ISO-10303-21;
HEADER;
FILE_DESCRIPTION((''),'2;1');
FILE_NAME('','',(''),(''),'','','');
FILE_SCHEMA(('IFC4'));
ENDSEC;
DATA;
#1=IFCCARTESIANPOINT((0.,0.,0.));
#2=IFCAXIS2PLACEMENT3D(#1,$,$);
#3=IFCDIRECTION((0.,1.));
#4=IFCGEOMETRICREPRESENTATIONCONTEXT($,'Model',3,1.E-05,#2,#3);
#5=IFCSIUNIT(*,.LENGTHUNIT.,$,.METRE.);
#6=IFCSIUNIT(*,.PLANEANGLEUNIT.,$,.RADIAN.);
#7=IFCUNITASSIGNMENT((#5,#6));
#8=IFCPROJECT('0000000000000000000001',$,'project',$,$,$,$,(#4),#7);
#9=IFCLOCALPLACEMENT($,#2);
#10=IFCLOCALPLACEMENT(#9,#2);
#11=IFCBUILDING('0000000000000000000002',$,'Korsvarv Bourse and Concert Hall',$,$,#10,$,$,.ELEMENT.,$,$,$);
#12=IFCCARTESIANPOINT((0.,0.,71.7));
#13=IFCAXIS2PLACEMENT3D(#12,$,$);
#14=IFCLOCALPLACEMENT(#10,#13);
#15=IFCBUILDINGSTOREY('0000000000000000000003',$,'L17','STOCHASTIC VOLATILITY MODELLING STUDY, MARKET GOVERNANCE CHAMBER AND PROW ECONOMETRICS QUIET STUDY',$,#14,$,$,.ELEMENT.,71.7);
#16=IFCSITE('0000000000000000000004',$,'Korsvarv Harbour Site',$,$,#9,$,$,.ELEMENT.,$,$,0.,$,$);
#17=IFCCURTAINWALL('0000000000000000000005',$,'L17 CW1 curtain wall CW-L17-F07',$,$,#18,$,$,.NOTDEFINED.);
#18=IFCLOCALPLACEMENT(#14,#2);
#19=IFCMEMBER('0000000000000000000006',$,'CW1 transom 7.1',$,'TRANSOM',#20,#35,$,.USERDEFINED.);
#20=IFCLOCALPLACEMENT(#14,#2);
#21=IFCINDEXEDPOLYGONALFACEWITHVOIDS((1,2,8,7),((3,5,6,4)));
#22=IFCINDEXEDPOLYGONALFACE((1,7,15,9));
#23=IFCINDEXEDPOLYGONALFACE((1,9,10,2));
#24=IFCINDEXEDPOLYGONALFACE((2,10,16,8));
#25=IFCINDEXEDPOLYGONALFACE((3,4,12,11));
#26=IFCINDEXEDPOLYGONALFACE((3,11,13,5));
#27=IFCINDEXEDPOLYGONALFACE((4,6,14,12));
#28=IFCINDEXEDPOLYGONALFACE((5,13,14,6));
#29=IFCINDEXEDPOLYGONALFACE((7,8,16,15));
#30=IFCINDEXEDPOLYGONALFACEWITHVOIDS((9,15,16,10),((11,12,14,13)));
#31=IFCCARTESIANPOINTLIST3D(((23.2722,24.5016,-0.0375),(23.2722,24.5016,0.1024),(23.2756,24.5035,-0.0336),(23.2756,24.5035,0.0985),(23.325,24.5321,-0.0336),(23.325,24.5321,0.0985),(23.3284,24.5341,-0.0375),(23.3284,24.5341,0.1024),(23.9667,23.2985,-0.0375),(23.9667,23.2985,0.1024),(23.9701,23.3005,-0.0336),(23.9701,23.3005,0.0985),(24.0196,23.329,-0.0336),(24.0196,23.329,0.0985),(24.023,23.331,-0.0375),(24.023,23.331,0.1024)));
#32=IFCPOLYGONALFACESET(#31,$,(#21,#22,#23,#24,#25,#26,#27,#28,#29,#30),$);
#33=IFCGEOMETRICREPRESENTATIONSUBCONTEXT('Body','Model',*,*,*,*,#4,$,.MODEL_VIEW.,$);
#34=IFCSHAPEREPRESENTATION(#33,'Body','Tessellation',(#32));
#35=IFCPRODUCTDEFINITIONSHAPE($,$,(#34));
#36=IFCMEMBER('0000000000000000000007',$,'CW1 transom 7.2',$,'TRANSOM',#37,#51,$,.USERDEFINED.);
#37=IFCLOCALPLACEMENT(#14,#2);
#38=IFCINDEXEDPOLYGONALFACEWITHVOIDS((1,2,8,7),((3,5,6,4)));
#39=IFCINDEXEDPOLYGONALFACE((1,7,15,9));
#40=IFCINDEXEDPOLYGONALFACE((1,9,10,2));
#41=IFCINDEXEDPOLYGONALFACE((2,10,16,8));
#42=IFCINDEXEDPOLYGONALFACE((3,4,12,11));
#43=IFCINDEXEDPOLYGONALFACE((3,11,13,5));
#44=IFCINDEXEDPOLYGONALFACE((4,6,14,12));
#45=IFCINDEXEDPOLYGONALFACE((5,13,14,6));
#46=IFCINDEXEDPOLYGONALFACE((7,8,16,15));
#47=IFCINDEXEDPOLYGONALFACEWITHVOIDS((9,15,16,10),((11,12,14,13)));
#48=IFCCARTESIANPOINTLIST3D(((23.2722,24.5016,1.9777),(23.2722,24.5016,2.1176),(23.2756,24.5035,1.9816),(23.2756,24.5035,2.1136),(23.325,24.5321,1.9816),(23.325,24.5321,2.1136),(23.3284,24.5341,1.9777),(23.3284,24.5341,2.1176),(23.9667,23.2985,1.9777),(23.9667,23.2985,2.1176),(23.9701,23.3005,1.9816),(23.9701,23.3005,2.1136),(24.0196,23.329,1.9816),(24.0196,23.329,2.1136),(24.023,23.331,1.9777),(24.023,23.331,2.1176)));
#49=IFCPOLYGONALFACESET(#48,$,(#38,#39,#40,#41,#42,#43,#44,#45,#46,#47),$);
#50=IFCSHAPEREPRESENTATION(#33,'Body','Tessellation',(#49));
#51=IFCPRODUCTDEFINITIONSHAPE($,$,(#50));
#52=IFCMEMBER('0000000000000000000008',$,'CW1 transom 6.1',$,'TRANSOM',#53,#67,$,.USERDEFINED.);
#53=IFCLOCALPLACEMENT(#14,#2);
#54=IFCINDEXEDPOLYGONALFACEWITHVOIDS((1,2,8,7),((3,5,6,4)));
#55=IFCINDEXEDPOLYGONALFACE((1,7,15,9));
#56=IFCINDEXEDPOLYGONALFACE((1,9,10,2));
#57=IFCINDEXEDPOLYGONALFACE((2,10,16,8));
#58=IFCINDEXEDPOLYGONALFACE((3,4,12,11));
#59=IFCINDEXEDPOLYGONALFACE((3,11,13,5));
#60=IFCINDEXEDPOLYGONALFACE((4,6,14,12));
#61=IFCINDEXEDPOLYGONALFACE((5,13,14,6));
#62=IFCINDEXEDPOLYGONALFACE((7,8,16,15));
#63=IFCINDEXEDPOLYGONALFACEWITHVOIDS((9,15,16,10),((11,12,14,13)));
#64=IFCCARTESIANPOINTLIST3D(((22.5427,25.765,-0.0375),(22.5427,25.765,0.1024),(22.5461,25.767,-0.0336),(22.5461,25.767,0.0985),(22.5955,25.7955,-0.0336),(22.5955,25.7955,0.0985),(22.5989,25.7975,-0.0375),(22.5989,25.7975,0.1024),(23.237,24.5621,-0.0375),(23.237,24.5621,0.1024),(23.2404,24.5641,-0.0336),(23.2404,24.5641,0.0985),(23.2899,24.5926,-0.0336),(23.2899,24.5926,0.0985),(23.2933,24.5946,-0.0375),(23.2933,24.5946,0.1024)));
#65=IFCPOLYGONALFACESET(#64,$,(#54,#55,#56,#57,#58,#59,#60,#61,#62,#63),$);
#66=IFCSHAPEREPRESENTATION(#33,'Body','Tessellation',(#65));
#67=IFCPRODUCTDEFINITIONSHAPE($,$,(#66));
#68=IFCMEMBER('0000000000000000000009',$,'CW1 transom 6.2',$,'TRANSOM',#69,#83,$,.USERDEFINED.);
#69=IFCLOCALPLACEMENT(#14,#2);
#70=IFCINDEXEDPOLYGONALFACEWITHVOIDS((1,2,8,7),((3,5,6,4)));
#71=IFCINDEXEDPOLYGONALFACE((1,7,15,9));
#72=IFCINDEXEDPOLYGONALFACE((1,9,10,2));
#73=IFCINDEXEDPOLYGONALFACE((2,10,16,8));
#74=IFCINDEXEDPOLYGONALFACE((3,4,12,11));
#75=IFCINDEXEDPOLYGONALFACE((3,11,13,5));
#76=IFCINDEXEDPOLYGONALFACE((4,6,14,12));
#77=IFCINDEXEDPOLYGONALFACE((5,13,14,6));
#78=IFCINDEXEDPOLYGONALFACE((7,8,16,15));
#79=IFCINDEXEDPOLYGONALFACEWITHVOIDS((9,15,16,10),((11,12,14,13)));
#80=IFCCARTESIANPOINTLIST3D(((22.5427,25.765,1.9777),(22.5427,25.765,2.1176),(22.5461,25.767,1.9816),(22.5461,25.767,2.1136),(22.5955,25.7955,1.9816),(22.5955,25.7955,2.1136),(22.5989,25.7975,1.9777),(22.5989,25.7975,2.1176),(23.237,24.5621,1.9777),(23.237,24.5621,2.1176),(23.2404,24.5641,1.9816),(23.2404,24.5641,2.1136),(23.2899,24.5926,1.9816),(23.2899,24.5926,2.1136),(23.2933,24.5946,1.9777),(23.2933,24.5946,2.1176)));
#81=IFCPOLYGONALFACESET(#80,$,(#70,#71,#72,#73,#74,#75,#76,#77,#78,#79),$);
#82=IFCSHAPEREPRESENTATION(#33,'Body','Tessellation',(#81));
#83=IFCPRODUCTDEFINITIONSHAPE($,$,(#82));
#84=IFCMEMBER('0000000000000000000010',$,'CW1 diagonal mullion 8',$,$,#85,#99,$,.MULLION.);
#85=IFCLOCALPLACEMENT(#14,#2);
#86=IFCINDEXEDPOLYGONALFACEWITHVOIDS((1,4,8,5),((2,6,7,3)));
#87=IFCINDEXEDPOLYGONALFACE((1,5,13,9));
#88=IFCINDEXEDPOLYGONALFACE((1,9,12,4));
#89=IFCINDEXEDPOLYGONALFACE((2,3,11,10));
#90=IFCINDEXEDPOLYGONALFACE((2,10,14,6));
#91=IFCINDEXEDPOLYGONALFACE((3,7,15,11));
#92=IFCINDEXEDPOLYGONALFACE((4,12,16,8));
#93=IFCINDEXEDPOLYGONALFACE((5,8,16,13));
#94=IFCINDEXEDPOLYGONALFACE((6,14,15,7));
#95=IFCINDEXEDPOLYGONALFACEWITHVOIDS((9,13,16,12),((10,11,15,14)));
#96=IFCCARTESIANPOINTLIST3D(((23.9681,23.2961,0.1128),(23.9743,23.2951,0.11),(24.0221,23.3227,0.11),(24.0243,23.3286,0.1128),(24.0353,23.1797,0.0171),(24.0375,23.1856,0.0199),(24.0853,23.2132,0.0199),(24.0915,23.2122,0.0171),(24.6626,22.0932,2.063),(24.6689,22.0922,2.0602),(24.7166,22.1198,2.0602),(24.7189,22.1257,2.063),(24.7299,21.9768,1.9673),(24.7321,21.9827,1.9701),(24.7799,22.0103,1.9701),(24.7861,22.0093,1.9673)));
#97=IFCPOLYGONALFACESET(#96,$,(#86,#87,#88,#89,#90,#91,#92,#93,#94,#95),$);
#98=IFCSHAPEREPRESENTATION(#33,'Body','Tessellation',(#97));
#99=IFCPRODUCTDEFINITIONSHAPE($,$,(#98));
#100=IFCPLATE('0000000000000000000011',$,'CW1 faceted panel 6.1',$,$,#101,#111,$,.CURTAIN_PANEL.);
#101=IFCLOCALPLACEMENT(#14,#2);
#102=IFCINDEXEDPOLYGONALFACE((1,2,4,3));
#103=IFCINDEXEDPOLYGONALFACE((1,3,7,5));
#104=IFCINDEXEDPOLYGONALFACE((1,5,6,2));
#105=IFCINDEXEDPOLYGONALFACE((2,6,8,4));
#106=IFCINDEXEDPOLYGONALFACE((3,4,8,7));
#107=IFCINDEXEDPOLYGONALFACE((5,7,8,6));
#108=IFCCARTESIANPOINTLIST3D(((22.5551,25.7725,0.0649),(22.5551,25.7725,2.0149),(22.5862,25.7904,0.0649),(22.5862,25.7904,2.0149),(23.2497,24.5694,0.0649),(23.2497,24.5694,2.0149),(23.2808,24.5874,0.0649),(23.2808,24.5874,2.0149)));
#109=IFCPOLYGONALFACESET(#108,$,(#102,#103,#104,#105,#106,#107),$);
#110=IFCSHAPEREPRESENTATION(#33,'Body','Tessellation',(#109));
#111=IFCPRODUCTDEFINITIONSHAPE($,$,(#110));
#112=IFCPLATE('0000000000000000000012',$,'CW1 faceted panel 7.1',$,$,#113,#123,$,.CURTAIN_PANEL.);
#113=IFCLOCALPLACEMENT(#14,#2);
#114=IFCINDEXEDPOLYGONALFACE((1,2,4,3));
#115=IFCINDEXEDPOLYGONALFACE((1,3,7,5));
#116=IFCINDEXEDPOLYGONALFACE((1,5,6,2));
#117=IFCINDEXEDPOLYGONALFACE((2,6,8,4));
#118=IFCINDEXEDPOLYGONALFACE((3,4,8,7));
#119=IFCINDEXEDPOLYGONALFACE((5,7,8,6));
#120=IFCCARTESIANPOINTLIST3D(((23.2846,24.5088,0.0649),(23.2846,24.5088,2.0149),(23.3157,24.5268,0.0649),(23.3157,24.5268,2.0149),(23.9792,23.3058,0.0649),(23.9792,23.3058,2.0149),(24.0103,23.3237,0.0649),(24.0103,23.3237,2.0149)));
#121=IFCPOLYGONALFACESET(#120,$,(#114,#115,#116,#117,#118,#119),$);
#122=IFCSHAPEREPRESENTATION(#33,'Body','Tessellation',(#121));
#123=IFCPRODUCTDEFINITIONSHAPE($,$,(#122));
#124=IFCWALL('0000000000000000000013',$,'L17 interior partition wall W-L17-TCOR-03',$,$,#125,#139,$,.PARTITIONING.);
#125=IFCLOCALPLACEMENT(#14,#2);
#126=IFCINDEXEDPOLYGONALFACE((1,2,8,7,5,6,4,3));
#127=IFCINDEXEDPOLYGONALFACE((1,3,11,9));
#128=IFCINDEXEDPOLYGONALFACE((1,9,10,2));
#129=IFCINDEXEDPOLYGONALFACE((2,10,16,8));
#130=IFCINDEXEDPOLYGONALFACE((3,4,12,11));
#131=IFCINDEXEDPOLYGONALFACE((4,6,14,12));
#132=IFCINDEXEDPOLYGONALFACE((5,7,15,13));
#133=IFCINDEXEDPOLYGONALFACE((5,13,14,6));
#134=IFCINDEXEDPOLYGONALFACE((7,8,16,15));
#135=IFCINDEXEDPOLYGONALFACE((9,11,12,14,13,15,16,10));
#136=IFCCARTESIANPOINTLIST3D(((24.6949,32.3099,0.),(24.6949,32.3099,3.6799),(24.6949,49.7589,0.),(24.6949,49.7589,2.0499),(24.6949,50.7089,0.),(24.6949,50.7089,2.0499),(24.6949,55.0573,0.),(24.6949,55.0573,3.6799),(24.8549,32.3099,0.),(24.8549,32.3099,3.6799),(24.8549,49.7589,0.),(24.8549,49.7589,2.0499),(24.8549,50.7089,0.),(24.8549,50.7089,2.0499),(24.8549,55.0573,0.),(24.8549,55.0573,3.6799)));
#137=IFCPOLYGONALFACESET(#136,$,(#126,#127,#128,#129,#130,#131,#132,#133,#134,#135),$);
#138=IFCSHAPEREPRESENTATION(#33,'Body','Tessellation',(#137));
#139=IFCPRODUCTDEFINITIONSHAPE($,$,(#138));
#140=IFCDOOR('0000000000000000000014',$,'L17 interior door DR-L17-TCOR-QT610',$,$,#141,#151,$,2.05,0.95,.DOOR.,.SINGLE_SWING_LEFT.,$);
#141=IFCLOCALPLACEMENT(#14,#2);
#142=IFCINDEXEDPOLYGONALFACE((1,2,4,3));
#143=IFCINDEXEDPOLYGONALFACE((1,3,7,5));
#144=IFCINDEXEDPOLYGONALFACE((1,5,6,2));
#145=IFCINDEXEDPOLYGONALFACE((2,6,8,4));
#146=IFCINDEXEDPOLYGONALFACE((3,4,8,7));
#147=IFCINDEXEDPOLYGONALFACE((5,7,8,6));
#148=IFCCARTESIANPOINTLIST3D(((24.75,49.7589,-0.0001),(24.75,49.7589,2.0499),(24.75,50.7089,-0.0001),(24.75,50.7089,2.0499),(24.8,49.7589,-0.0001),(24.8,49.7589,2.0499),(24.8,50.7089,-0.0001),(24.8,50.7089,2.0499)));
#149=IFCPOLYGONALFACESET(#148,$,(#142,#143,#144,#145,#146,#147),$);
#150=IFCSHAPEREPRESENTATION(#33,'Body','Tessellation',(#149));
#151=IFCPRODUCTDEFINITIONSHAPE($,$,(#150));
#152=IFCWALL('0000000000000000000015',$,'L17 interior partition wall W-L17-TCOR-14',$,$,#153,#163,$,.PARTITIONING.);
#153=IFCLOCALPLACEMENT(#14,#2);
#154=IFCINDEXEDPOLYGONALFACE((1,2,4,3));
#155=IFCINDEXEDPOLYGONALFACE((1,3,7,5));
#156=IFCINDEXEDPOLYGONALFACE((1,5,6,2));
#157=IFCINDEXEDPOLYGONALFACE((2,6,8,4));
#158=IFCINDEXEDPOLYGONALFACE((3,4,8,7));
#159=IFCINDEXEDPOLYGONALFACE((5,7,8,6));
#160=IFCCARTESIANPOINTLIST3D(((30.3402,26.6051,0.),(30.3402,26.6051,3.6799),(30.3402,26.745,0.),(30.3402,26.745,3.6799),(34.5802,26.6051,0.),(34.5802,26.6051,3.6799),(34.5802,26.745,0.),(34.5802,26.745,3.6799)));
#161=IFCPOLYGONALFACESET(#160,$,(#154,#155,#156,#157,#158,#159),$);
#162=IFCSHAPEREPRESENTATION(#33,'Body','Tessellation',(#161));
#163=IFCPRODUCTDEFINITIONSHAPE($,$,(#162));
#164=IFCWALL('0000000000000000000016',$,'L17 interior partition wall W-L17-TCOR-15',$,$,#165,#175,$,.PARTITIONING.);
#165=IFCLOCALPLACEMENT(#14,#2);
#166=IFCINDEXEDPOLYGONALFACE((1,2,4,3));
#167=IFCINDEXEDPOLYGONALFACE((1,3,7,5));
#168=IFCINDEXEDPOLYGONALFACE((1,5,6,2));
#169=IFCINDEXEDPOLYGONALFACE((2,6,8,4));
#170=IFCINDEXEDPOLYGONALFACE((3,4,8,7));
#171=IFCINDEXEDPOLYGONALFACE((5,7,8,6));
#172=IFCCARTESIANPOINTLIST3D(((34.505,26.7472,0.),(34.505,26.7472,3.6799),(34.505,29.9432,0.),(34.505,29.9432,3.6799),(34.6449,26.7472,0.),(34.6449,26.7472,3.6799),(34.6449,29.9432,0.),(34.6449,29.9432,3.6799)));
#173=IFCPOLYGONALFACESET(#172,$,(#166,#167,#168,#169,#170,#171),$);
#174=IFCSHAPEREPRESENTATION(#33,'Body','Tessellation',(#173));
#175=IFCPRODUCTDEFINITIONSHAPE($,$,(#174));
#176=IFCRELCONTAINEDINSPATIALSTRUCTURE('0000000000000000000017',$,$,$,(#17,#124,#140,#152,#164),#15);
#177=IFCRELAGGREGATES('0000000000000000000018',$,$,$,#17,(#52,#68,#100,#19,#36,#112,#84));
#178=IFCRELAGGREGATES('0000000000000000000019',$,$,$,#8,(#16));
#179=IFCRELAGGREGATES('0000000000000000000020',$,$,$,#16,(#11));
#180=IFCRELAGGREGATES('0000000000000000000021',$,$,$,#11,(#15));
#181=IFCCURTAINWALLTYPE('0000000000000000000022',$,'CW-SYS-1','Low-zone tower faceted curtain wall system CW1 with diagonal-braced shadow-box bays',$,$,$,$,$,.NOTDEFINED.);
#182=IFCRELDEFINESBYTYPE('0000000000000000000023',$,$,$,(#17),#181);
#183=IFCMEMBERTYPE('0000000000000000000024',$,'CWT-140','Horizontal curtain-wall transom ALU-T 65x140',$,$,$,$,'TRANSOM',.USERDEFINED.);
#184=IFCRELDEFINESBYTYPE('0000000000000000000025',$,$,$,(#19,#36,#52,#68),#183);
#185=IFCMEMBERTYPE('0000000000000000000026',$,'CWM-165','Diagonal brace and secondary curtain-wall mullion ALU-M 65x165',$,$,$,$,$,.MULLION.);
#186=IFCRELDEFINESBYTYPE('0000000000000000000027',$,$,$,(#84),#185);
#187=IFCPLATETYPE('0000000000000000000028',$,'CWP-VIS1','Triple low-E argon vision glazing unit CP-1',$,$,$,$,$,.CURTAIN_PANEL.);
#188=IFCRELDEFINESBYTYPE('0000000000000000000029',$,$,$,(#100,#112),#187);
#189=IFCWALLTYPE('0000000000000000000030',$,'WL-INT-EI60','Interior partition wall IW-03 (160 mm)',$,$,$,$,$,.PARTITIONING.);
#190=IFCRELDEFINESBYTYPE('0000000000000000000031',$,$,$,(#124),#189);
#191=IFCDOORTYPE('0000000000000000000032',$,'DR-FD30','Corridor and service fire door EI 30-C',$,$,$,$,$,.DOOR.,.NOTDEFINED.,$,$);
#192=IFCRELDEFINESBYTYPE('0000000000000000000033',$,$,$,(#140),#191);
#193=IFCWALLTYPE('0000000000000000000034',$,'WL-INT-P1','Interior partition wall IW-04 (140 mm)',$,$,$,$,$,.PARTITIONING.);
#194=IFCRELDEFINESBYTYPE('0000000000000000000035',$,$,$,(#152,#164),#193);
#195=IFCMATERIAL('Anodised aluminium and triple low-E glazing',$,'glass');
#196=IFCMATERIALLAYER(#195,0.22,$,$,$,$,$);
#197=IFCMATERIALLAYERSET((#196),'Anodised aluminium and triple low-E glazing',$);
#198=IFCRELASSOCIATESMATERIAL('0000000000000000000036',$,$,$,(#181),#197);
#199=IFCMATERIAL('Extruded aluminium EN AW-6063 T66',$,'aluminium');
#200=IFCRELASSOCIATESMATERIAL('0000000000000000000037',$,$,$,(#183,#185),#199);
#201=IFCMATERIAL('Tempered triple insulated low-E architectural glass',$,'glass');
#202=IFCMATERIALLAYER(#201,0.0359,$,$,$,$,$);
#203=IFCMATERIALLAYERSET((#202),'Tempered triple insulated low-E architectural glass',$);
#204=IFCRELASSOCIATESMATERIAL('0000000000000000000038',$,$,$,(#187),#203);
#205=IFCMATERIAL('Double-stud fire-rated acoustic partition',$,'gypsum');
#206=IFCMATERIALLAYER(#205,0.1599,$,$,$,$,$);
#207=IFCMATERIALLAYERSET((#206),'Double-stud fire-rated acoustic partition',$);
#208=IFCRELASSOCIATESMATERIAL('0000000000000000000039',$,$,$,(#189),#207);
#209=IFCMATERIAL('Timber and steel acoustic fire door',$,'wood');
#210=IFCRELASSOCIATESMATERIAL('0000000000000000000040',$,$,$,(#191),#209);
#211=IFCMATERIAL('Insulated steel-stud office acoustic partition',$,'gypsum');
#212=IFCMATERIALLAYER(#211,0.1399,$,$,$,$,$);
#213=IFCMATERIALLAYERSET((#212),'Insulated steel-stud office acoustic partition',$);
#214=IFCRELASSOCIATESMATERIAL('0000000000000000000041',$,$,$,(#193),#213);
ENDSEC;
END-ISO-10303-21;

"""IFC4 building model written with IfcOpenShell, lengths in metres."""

from ifc_helpers import new_model, si_unit, direction, frame, frame_2d, origin, origin_2d, place, context, subcontext, project, spatial, rectangle, hollow_rectangle, extrude, source, transform, mapped, material, layer, layer_set, material_profile, profile_set, type_object, element, fill, aggregate, save


model = new_model("IFC4")

# Units and contexts
model_context = context("Model", 3, precision=1e-05, world=origin(), true_north=direction((0.0, 1.0)))
body_context = subcontext(model_context, "Body", "Model", "MODEL_VIEW")
ifc_project = project(units=[si_unit("LENGTHUNIT", "METRE"), si_unit("PLANEANGLEUNIT", "RADIAN")], contexts=[model_context])

# Site, building, storey
site_placement = place(None, origin())
site = spatial("IfcSite", under=ifc_project, at=site_placement, Name="Korsvarv Harbour Site", CompositionType="ELEMENT", RefElevation=0.0)
building_placement = place(site_placement, origin())
building = spatial("IfcBuilding", under=site, at=building_placement, Name="Korsvarv Bourse and Concert Hall", CompositionType="ELEMENT")
storey_placement = place(building_placement, frame((0.0, 0.0, 71.7)))
storey = spatial("IfcBuildingStorey", under=building, at=storey_placement, Name="L17", Description="STOCHASTIC VOLATILITY MODELLING STUDY, MARKET GOVERNANCE CHAMBER AND PROW ECONOMETRICS QUIET STUDY", CompositionType="ELEMENT", Elevation=71.7)

# Curtain wall, members, plates
ifc_material_1 = material(Name="Anodised aluminium and triple low-E glazing", Category="glass")
ifc_layer_1 = layer(ifc_material_1, 0.22)
ifc_layer_set_1 = layer_set([ifc_layer_1], Name="Anodised aluminium and triple low-E glazing")
curtain_wall_type = type_object("IfcCurtainWallType", Name="CW-SYS-1", Description="Low-zone tower faceted curtain wall system CW1 with diagonal-braced shadow-box bays", PredefinedType="NOTDEFINED", material=ifc_layer_set_1)
curtain_wall_placement = place(storey_placement, origin())
curtain_wall = element("IfcCurtainWall", 1, at=curtain_wall_placement, inside=storey, type_object=curtain_wall_type, Name="L17 CW1 curtain wall CW-L17-F07", PredefinedType="NOTDEFINED")
ifc_material_2 = material(Name="Extruded aluminium EN AW-6063 T66", Category="aluminium")
ifc_material_profile_1 = material_profile(ifc_material_2, hollow_rectangle(XDim=0.0649, YDim=0.1399, WallThickness=0.0039, at=origin_2d()), Name="ALU-T 65x140")
ifc_profile_set_1 = profile_set([ifc_material_profile_1], Name="Extruded aluminium EN AW-6063 T66")
member_type_1 = type_object("IfcMemberType", Name="CWT-140", Description="Horizontal curtain-wall transom ALU-T 65x140", ElementType="TRANSOM", PredefinedType="USERDEFINED", material=ifc_profile_set_1)
shared_shape_1 = source(origin(), body_context, "Body", "SweptSolid", [
    extrude(hollow_rectangle(XDim=0.0649, YDim=0.1399, WallThickness=0.0039, at=origin_2d()), origin(), (0.0, 0.0, 1.0), 1.3892),
])
member_1_placement = place(storey_placement, frame((23.3003, 24.5178, 0.0325), z_axis=(0.499976, -0.866039, 0.0), x_axis=(0.866039, 0.499976, 0.0)))
member_1 = element("IfcMember", 2, at=member_1_placement, type_object=member_type_1, Name="CW1 transom 7.1", ObjectType="TRANSOM", PredefinedType="USERDEFINED", context=body_context, shape_type="MappedRepresentation", body=[
    mapped(shared_shape_1, transform((0.0, 0.0, 0.0), scale=1.0)),
])
member_2_placement = place(storey_placement, frame((23.3003, 24.5178, 2.0476), z_axis=(0.499976, -0.866039, 0.0), x_axis=(0.866039, 0.499976, 0.0)))
member_2 = element("IfcMember", 3, at=member_2_placement, type_object=member_type_1, Name="CW1 transom 7.2", ObjectType="TRANSOM", PredefinedType="USERDEFINED", context=body_context, shape_type="MappedRepresentation", body=[
    mapped(shared_shape_1, transform((0.0, 0.0, 0.0), scale=1.0)),
])
shared_shape_2 = source(origin(), body_context, "Body", "SweptSolid", [
    extrude(hollow_rectangle(XDim=0.0649, YDim=0.1399, WallThickness=0.0039, at=origin_2d()), origin(), (0.0, 0.0, 1.0), 1.3889),
])
member_3_placement = place(storey_placement, frame((22.5708, 25.7812, 0.0325), z_axis=(0.49992, -0.866071, 0.0), x_axis=(0.866071, 0.49992, 0.0)))
member_3 = element("IfcMember", 4, at=member_3_placement, type_object=member_type_1, Name="CW1 transom 6.1", ObjectType="TRANSOM", PredefinedType="USERDEFINED", context=body_context, shape_type="MappedRepresentation", body=[
    mapped(shared_shape_2, transform((0.0, 0.0, 0.0), scale=1.0)),
])
member_4_placement = place(storey_placement, frame((22.5708, 25.7812, 2.0476), z_axis=(0.49992, -0.866071, 0.0), x_axis=(0.866071, 0.49992, 0.0)))
member_4 = element("IfcMember", 5, at=member_4_placement, type_object=member_type_1, Name="CW1 transom 6.2", ObjectType="TRANSOM", PredefinedType="USERDEFINED", context=body_context, shape_type="MappedRepresentation", body=[
    mapped(shared_shape_2, transform((0.0, 0.0, 0.0), scale=1.0)),
])
ifc_material_profile_2 = material_profile(ifc_material_2, hollow_rectangle(XDim=0.0649, YDim=0.165, WallThickness=0.0049, at=origin_2d()), Name="ALU-M 65x165")
ifc_profile_set_2 = profile_set([ifc_material_profile_2], Name="Extruded aluminium EN AW-6063 T66")
member_type_2 = type_object("IfcMemberType", Name="CWM-165", Description="Diagonal brace and secondary curtain-wall mullion ALU-M 65x165", PredefinedType="MULLION", material=ifc_profile_set_2)
shared_shape_3 = source(origin(), body_context, "Body", "SweptSolid", [
    extrude(hollow_rectangle(XDim=0.0649, YDim=0.165, WallThickness=0.0049, at=origin_2d()), origin(), (0.0, 0.0, 1.0), 2.3943),
])
member_5_placement = place(storey_placement, frame((24.0298, 23.2542, 0.0649), z_axis=(0.290099, -0.502396, 0.814519), x_axis=(0.865995, 0.500052, 0.0)))
member_5 = element("IfcMember", 6, at=member_5_placement, type_object=member_type_2, Name="CW1 diagonal mullion 8", PredefinedType="MULLION", context=body_context, shape_type="MappedRepresentation", body=[
    mapped(shared_shape_3, transform((0.0, 0.0, 0.0), scale=1.0)),
])
ifc_material_3 = material(Name="Tempered triple insulated low-E architectural glass", Category="glass")
ifc_layer_2 = layer(ifc_material_3, 0.0359)
ifc_layer_set_2 = layer_set([ifc_layer_2], Name="Tempered triple insulated low-E architectural glass")
plate_type = type_object("IfcPlateType", Name="CWP-VIS1", Description="Triple low-E argon vision glazing unit CP-1", PredefinedType="CURTAIN_PANEL", material=ifc_layer_set_2)
shared_shape_4 = source(origin(), body_context, "Body", "SweptSolid", [
    extrude(rectangle(XDim=1.3892, YDim=0.0359, at=origin_2d()), origin(), (0.0, 0.0, 1.0), 1.95),
])
plate_1_placement = place(storey_placement, frame((22.918, 25.1799, 0.0649), z_axis=(0.0, 0.0, 1.0), x_axis=(0.500006, -0.866022, 0.0)))
plate_1 = element("IfcPlate", 7, at=plate_1_placement, type_object=plate_type, Name="CW1 faceted panel 6.1", PredefinedType="CURTAIN_PANEL", context=body_context, shape_type="MappedRepresentation", body=[
    mapped(shared_shape_4, transform((0.0, 0.0, 0.0), scale=1.0)),
])
plate_2_placement = place(storey_placement, frame((23.6475, 23.9163, 0.0649), z_axis=(0.0, 0.0, 1.0), x_axis=(0.500006, -0.866022, 0.0)))
plate_2 = element("IfcPlate", 8, at=plate_2_placement, type_object=plate_type, Name="CW1 faceted panel 7.1", PredefinedType="CURTAIN_PANEL", context=body_context, shape_type="MappedRepresentation", body=[
    mapped(shared_shape_4, transform((0.0, 0.0, 0.0), scale=1.0)),
])
aggregate(curtain_wall, [member_3, member_4, plate_1, member_1, member_2, plate_2, member_5])

# Wall, opening, door
ifc_material_4 = material(Name="Double-stud fire-rated acoustic partition", Category="gypsum")
ifc_layer_3 = layer(ifc_material_4, 0.1599)
ifc_layer_set_3 = layer_set([ifc_layer_3], Name="Double-stud fire-rated acoustic partition")
wall_type_1 = type_object("IfcWallType", Name="WL-INT-EI60", Description="Interior partition wall IW-03 (160 mm)", PredefinedType="PARTITIONING", material=ifc_layer_set_3)
wall_1_placement = place(storey_placement, frame((24.7749, 32.3101, 0.0), z_axis=(0.0, 0.0, 1.0), x_axis=(0.0, 1.0, 0.0)))
wall_1 = element("IfcWall", 9, at=wall_1_placement, inside=storey, type_object=wall_type_1, Name="L17 interior partition wall W-L17-TCOR-03", PredefinedType="PARTITIONING", context=body_context, shape_type="SweptSolid", body=[
    extrude(rectangle(XDim=22.7473, YDim=0.1599, at=frame_2d((11.3735, 0.0))), origin(), (0.0, 0.0, 1.0), 3.6799),
])
opening_placement = place(wall_1_placement, frame((17.4487, 0.0, 0.0)))
opening = element("IfcOpeningElement", 10, at=opening_placement, cuts=wall_1, PredefinedType="OPENING", context=body_context, shape_type="SweptSolid", body=[
    extrude(rectangle(XDim=0.95, YDim=2.05, at=frame_2d((0.4751, 1.0249))), frame((0.0, 0.0898, 0.0), z_axis=(0.0, -1.0, 0.0), x_axis=(1.0, 0.0, 0.0)), (0.0, 0.0, 1.0), 0.1799),
])
ifc_material_5 = material(Name="Timber and steel acoustic fire door", Category="wood")
door_type = type_object("IfcDoorType", Name="DR-FD30", Description="Corridor and service fire door EI 30-C", OperationType="NOTDEFINED", PredefinedType="DOOR", material=ifc_material_5)
door_placement = place(opening_placement, origin())
door = element("IfcDoor", 11, at=door_placement, inside=storey, type_object=door_type, Name="L17 interior door DR-L17-TCOR-QT610", OperationType="SINGLE_SWING_LEFT", OverallHeight=2.05, OverallWidth=0.95, PredefinedType="DOOR", context=body_context, shape_type="SweptSolid", body=[
    extrude(rectangle(XDim=0.95, YDim=2.05, at=frame_2d((0.4751, 1.0249))), frame((0.0, 0.0249, 0.0), z_axis=(0.0, -1.0, 0.0), x_axis=(1.0, 0.0, 0.0)), (0.0, 0.0, 1.0), 0.05),
])
fill(opening, door)

# Walls
ifc_material_6 = material(Name="Insulated steel-stud office acoustic partition", Category="gypsum")
ifc_layer_4 = layer(ifc_material_6, 0.1399)
ifc_layer_set_4 = layer_set([ifc_layer_4], Name="Insulated steel-stud office acoustic partition")
wall_type_2 = type_object("IfcWallType", Name="WL-INT-P1", Description="Interior partition wall IW-04 (140 mm)", PredefinedType="PARTITIONING", material=ifc_layer_set_4)
wall_2_placement = place(storey_placement, frame((30.3401, 26.675, 0.0), z_axis=(0.0, 0.0, 1.0), x_axis=(1.0, 0.0, 0.0)))
element("IfcWall", 12, at=wall_2_placement, inside=storey, type_object=wall_type_2, Name="L17 interior partition wall W-L17-TCOR-14", PredefinedType="PARTITIONING", context=body_context, shape_type="SweptSolid", body=[
    extrude(rectangle(XDim=4.24, YDim=0.1399, at=frame_2d((2.1201, 0.0))), origin(), (0.0, 0.0, 1.0), 3.6799),
])
for number, where, z_axis, x_axis, name in (
    (13, (34.575, 26.7471, 0.0), (0.0, 0.0, 1.0), (0.0, 1.0, 0.0), "L17 interior partition wall W-L17-TCOR-15"),
):
    element("IfcWall", number, at=place(storey_placement, frame(where, z_axis=z_axis, x_axis=x_axis)), inside=storey, type_object=wall_type_2, Name=name, PredefinedType="PARTITIONING", context=body_context, shape_type="SweptSolid", body=[
        extrude(rectangle(XDim=3.196, YDim=0.1399, at=frame_2d((1.5981, 0.0))), origin(), (0.0, 0.0, 1.0), 3.6799),
    ])

save(model, "model.ifc")
